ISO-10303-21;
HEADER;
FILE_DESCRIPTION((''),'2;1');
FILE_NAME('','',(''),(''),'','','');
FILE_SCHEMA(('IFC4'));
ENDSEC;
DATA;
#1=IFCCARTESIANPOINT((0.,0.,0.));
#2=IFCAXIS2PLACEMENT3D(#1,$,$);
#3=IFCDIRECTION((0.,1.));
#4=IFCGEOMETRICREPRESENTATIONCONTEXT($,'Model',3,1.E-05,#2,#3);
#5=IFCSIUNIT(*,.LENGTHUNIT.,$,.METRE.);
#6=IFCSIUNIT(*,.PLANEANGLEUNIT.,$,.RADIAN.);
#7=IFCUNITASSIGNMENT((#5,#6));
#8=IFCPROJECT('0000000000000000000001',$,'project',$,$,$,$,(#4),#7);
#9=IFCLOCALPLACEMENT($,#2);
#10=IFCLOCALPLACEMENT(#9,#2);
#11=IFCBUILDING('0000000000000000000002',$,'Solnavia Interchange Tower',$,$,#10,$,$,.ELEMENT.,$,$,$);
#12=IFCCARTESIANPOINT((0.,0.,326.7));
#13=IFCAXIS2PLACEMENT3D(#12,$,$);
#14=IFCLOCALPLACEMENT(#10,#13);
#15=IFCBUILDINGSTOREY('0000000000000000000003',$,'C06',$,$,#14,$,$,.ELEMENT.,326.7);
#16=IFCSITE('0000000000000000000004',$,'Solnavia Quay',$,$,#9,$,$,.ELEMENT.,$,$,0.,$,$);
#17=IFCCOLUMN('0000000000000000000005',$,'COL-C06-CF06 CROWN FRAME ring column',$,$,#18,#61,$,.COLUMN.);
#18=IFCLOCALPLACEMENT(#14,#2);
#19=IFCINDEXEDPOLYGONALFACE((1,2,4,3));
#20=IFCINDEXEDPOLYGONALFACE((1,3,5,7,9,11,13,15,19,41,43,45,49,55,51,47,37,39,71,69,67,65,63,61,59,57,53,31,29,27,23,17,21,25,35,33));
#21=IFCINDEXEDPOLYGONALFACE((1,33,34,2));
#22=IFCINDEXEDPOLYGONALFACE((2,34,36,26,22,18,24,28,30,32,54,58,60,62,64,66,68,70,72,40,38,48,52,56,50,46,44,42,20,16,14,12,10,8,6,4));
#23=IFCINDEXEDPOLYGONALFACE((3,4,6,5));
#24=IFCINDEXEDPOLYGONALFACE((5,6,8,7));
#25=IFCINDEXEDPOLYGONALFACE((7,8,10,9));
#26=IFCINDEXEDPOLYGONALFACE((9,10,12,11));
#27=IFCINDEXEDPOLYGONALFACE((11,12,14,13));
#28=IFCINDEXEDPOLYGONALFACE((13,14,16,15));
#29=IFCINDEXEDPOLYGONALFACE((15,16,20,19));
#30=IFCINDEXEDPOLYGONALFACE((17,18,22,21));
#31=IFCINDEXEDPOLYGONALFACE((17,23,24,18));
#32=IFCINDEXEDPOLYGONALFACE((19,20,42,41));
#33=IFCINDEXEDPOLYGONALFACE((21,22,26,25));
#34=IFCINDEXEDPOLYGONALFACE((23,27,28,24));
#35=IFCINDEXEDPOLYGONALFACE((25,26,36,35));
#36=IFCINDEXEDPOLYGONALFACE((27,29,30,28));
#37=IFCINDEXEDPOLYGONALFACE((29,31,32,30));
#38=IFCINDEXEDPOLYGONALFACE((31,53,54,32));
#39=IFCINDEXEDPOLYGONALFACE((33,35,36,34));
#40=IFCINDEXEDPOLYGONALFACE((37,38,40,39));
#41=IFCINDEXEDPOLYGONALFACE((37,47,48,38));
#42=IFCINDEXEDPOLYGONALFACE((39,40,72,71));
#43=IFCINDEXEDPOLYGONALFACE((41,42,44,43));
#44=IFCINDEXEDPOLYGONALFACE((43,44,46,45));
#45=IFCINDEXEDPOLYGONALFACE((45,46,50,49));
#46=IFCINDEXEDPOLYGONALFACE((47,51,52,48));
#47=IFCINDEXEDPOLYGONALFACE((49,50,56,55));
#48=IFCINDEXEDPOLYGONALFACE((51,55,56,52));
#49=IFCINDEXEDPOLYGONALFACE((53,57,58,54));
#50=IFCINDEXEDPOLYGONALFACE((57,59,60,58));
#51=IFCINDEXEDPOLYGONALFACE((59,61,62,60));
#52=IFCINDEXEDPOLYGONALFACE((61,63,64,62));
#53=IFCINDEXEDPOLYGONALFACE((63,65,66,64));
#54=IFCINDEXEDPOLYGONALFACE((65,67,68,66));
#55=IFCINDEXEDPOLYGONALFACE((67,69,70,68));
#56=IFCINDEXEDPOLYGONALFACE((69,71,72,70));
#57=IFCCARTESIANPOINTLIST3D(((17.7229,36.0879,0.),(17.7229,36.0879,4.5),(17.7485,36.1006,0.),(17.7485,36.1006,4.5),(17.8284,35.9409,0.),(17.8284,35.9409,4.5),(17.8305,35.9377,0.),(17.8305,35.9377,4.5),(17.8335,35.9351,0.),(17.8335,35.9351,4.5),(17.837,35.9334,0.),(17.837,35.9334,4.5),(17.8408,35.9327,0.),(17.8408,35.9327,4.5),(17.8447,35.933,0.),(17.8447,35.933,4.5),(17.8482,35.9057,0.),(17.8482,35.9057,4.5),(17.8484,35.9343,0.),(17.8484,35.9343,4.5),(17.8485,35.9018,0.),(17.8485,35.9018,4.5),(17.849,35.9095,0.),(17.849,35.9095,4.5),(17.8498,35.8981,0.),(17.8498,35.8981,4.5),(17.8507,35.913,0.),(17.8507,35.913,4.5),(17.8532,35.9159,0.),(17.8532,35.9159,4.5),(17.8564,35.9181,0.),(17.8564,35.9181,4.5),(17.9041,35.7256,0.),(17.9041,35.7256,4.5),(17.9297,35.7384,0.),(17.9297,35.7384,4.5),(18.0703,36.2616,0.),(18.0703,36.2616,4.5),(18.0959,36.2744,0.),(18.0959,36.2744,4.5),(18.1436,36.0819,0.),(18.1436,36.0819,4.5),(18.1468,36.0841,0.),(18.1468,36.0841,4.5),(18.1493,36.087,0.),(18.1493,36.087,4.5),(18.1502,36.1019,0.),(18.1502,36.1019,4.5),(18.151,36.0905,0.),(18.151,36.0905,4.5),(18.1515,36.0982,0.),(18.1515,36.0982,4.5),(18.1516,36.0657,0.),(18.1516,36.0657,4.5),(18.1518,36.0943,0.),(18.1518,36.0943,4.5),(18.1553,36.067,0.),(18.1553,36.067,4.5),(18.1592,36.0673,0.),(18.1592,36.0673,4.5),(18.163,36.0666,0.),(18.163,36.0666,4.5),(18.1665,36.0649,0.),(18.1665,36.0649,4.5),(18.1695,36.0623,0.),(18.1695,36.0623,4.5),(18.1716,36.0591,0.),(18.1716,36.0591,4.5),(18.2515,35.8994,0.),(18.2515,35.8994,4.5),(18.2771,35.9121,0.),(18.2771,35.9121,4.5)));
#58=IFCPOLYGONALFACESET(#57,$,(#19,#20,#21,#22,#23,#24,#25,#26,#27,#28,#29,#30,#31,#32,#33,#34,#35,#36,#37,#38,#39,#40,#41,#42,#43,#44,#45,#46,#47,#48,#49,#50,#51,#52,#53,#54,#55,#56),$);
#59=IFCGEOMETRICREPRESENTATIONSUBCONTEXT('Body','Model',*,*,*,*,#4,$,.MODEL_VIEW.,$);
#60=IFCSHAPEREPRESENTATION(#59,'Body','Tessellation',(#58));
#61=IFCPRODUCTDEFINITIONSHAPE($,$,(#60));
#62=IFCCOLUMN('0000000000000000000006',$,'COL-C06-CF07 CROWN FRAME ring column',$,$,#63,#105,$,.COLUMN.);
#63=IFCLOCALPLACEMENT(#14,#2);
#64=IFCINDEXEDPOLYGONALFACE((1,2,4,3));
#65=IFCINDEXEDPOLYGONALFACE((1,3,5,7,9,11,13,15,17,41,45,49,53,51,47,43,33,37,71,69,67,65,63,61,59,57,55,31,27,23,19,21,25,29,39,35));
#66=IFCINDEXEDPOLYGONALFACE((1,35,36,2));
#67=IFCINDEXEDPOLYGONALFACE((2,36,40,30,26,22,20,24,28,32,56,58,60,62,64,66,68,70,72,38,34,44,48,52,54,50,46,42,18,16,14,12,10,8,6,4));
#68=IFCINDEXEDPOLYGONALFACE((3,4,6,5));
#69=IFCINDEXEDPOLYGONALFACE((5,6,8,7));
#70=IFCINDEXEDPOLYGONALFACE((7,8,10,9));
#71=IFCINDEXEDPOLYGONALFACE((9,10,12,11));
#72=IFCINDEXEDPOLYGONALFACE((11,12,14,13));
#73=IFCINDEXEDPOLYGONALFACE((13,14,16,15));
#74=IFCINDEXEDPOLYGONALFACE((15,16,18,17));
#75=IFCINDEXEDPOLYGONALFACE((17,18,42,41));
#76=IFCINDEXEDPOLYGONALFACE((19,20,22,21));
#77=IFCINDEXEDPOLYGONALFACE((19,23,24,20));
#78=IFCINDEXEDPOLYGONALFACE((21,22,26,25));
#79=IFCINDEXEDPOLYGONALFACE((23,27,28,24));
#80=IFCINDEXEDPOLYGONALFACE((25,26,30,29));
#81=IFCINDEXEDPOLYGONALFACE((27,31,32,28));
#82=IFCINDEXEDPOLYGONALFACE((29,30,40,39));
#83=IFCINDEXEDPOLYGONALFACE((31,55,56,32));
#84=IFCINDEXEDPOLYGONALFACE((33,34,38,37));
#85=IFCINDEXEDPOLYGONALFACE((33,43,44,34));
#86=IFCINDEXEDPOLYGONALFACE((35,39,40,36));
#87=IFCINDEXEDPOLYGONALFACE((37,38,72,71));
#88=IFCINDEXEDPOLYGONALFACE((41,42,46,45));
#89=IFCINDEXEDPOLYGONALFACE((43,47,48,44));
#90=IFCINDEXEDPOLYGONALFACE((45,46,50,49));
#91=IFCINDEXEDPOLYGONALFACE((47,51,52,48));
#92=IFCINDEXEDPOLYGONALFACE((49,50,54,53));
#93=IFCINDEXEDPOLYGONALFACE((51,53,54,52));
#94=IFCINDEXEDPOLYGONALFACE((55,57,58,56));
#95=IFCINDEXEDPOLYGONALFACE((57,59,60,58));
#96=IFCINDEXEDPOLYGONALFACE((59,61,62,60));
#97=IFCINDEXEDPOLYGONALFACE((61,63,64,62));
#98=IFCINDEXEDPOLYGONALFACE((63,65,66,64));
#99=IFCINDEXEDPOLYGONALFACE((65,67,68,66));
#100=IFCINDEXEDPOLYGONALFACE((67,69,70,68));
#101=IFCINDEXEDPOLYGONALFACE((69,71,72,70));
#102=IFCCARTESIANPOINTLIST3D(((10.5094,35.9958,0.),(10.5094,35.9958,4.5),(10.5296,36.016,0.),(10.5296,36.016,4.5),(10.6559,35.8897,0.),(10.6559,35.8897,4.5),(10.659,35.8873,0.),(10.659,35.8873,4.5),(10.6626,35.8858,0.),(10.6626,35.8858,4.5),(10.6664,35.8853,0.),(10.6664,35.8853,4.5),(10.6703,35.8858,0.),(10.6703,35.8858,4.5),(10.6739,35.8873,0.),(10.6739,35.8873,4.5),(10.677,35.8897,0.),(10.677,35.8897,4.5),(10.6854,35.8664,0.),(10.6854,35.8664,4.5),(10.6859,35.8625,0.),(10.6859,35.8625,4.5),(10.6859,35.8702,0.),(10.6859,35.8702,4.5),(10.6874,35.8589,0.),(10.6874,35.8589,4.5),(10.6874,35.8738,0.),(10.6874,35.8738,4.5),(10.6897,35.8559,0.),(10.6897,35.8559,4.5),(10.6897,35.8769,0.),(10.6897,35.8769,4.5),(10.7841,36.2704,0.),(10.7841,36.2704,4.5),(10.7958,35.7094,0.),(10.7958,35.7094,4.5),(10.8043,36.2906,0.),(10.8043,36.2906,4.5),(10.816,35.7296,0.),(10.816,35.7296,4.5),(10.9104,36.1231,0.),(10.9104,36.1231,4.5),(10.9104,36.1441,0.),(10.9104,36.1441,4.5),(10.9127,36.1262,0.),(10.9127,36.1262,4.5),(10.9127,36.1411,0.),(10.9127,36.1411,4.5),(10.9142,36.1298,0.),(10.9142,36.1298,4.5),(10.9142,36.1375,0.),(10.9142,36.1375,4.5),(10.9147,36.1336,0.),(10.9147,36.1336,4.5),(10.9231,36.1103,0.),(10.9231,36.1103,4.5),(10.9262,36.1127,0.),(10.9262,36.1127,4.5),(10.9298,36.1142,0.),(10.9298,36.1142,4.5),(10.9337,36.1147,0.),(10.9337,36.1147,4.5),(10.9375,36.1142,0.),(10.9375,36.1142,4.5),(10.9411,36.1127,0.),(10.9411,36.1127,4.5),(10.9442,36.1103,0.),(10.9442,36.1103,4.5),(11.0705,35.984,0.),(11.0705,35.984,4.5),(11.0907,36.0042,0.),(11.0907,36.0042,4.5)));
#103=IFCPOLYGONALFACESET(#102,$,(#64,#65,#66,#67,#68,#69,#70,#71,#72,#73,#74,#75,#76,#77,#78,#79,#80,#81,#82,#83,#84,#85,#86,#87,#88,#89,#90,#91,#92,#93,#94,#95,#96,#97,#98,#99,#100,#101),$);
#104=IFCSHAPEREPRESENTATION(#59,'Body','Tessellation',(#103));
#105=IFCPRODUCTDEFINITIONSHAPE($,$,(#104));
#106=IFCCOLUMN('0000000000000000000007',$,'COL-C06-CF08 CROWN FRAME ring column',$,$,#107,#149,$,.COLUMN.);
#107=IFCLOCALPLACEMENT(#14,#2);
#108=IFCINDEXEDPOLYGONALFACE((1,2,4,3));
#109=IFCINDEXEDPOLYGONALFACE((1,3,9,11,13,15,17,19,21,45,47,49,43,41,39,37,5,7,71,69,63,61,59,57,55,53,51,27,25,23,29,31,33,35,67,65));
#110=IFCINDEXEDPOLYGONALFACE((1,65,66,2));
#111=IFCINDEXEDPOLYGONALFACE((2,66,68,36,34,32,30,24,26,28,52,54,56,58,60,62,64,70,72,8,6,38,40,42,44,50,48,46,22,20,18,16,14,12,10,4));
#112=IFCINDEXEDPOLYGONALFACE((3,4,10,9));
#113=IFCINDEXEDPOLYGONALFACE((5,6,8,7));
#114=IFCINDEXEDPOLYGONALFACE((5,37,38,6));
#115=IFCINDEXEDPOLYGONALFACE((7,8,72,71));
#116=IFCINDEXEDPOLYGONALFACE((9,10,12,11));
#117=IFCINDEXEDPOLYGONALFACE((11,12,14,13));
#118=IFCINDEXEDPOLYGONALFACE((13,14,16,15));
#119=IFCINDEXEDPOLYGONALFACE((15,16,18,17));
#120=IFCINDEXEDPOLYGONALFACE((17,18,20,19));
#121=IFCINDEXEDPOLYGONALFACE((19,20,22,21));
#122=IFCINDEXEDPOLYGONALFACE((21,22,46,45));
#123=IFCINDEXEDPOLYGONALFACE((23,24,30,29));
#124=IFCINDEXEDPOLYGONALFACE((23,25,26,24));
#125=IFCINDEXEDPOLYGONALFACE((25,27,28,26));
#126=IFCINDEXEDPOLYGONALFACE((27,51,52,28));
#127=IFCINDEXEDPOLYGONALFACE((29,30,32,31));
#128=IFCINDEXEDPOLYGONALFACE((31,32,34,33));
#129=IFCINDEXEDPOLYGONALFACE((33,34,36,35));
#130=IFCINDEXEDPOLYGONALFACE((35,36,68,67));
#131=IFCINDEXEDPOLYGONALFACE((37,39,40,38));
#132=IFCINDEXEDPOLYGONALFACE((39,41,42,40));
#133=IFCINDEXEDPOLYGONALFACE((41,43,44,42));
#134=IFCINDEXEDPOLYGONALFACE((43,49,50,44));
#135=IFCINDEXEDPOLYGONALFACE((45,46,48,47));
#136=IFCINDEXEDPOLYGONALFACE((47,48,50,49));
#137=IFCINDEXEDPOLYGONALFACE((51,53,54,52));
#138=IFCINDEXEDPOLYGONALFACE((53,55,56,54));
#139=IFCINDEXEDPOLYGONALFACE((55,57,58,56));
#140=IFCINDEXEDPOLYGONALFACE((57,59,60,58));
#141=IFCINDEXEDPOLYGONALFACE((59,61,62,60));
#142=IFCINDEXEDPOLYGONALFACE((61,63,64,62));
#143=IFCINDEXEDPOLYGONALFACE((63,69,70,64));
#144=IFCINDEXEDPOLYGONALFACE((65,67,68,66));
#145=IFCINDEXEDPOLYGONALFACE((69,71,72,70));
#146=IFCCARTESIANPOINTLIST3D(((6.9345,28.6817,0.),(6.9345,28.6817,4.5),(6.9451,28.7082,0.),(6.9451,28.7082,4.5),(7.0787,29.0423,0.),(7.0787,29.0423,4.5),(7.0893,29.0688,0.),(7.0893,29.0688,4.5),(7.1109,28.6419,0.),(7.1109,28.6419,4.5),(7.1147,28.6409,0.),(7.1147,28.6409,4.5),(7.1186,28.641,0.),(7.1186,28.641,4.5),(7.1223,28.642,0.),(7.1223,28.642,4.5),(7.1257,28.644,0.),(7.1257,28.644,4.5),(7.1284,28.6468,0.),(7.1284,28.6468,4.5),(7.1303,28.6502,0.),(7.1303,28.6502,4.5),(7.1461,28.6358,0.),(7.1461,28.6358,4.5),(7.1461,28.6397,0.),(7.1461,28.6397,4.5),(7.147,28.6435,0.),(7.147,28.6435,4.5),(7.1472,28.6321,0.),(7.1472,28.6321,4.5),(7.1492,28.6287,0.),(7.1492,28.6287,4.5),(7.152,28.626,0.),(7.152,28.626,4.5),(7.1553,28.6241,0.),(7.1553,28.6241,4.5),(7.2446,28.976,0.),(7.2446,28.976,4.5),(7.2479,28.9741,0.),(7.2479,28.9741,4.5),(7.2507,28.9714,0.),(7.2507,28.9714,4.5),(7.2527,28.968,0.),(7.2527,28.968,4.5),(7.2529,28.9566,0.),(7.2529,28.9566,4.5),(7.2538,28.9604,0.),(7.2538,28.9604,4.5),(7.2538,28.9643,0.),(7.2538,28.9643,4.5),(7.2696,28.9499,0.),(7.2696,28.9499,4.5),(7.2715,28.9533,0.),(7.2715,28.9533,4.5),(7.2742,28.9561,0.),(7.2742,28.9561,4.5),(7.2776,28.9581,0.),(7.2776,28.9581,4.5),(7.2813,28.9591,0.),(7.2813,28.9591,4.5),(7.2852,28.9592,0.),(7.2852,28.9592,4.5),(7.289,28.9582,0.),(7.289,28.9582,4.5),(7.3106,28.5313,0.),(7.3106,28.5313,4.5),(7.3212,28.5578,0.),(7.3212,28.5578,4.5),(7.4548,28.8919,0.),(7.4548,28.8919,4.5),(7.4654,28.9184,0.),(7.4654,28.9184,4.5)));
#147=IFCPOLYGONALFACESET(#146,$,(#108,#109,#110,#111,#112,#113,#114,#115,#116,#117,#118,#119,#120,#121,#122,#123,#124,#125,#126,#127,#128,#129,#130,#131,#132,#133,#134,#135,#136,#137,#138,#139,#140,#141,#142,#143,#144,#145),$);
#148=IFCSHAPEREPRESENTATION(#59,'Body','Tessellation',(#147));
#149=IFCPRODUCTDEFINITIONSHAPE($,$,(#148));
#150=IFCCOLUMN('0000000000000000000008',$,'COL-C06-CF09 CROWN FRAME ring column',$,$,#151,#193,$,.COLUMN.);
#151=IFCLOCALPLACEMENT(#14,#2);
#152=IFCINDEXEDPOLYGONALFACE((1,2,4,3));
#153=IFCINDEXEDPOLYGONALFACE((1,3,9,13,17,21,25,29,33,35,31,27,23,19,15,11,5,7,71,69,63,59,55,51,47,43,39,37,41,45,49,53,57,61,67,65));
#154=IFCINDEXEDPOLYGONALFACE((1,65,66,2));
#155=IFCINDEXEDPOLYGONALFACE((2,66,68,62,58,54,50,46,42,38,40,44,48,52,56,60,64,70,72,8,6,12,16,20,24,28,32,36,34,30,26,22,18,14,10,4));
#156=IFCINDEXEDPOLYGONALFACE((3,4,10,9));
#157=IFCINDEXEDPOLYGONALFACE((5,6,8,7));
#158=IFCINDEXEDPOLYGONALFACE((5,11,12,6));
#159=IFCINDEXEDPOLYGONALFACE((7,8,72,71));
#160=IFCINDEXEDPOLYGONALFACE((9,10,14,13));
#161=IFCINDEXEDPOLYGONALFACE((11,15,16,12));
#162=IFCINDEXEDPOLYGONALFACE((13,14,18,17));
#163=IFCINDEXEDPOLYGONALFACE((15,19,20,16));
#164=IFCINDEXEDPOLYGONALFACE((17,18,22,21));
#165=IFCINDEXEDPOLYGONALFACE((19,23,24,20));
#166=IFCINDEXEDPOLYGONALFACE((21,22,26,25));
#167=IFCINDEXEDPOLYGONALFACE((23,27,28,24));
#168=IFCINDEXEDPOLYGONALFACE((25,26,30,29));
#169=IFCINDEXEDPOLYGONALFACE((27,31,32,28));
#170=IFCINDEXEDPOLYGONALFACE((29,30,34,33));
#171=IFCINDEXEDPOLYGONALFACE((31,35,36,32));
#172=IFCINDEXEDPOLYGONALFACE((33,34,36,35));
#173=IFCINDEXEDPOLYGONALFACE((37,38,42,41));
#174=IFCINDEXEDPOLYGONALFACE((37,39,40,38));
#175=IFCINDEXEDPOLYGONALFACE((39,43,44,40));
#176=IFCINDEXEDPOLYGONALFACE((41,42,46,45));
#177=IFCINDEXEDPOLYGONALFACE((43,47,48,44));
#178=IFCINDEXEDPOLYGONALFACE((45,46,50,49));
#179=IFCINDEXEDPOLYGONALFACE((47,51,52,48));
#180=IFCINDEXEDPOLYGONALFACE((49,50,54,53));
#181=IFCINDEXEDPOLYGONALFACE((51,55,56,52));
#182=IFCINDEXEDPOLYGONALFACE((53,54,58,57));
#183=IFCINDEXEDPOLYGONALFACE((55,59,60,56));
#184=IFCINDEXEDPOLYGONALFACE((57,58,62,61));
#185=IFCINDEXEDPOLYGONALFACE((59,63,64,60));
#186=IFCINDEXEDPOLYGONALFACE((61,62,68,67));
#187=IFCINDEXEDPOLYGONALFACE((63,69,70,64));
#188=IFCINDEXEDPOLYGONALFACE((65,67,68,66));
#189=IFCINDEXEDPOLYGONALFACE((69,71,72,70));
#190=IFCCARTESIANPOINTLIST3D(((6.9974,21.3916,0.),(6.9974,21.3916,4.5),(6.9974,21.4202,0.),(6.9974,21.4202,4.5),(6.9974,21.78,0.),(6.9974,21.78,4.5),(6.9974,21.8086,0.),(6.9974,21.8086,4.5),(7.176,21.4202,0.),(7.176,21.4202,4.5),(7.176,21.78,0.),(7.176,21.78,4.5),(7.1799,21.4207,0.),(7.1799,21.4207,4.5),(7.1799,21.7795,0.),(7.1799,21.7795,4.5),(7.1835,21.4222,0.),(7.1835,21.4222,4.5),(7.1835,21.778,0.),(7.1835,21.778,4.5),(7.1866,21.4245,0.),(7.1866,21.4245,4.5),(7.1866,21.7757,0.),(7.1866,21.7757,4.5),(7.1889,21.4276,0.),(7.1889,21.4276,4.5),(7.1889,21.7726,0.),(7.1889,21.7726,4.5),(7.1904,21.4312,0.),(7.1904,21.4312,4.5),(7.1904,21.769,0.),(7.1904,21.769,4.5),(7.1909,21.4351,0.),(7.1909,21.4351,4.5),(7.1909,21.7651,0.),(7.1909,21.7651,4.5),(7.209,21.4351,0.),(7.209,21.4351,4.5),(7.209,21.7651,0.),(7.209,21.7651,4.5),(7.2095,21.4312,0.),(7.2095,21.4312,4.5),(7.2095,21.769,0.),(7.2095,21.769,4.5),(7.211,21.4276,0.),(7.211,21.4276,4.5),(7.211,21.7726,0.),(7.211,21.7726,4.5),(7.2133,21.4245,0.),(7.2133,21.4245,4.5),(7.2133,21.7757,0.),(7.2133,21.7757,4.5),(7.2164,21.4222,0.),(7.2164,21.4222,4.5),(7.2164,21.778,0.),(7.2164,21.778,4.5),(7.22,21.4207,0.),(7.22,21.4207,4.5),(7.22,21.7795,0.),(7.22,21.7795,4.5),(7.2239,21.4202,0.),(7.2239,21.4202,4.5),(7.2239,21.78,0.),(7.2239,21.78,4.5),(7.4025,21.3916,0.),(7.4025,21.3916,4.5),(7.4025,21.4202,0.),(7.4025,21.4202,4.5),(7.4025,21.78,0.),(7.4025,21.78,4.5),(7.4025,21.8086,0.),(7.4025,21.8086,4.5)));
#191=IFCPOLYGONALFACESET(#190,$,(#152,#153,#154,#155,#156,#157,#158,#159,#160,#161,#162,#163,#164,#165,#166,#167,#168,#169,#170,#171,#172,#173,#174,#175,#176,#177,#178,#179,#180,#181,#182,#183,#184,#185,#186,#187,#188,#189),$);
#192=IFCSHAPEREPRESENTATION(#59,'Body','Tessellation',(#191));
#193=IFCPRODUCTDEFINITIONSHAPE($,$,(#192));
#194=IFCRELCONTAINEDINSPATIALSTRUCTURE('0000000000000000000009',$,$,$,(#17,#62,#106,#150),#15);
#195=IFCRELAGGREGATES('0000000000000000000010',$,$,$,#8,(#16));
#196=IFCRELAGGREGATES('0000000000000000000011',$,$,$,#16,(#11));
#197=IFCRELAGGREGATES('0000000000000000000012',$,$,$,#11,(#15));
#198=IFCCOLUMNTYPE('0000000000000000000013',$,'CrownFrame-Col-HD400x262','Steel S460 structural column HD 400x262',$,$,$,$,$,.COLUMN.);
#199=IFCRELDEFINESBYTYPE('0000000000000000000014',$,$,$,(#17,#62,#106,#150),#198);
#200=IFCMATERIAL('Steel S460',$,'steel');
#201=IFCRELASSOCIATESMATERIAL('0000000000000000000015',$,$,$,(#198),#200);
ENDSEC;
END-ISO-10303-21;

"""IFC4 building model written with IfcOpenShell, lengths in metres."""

from ifc_helpers import new_model, si_unit, direction, frame, origin, origin_2d, place, context, subcontext, project, spatial, i_section, extrude, material, material_profile, profile_set, type_object, element, save


model = new_model("IFC4")

# Units and contexts
model_context = context("Model", 3, precision=1e-05, world=origin(), true_north=direction((0.0, 1.0)))
body_context = subcontext(model_context, "Body", "Model", "MODEL_VIEW")
ifc_project = project(units=[si_unit("LENGTHUNIT", "METRE"), si_unit("PLANEANGLEUNIT", "RADIAN")], contexts=[model_context])

# Site, building, storey
site_placement = place(None, origin())
site = spatial("IfcSite", under=ifc_project, at=site_placement, Name="Solnavia Quay", CompositionType="ELEMENT", RefElevation=0.0)
building_placement = place(site_placement, origin())
building = spatial("IfcBuilding", under=site, at=building_placement, Name="Solnavia Interchange Tower", CompositionType="ELEMENT")
storey_placement = place(building_placement, frame((0.0, 0.0, 326.7)))
storey = spatial("IfcBuildingStorey", under=building, at=storey_placement, Name="C06", CompositionType="ELEMENT", Elevation=326.7)

# Columns
ifc_material_1 = material(Name="Steel S460", Category="steel")
ifc_material_profile_1 = material_profile(ifc_material_1, i_section(OverallWidth=0.405, OverallDepth=0.417, WebThickness=0.0181, FlangeThickness=0.0286, FilletRadius=0.0149, at=origin_2d()), Name="HD 400x262")
ifc_profile_set_1 = profile_set([ifc_material_profile_1], Name="Steel S460")
column_type = type_object("IfcColumnType", Name="CrownFrame-Col-HD400x262", Description="Steel S460 structural column HD 400x262", PredefinedType="COLUMN", material=ifc_profile_set_1)
for number, where, z_axis, x_axis, name in (
    (1, (18.0, 36.0, 0.0), (0.0, 0.0, 1.0), (-0.447291, 0.894389, 0.0), "COL-C06-CF06 CROWN FRAME ring column"),
    (2, (10.8, 36.0, 0.0), (0.0, 0.0, 1.0), (-0.707107, 0.707107, 0.0), "COL-C06-CF07 CROWN FRAME ring column"),
    (3, (7.2, 28.8, 0.0), (0.0, 0.0, 1.0), (-0.928486, 0.371368, 0.0), "COL-C06-CF08 CROWN FRAME ring column"),
    (4, (7.2, 21.6001, 0.0), (0.0, 0.0, 1.0), (-1.0, 0.0, 0.0), "COL-C06-CF09 CROWN FRAME ring column"),
):
    element("IfcColumn", number, at=place(storey_placement, frame(where, z_axis=z_axis, x_axis=x_axis)), inside=storey, type_object=column_type, Name=name, PredefinedType="COLUMN", context=body_context, shape_type="SweptSolid", body=[
        extrude(i_section(OverallWidth=0.405, OverallDepth=0.417, WebThickness=0.0181, FlangeThickness=0.0286, FilletRadius=0.0149, at=origin_2d()), origin(), (0.0, 0.0, 1.0), 4.5),
    ])

save(model, "model.ifc")
